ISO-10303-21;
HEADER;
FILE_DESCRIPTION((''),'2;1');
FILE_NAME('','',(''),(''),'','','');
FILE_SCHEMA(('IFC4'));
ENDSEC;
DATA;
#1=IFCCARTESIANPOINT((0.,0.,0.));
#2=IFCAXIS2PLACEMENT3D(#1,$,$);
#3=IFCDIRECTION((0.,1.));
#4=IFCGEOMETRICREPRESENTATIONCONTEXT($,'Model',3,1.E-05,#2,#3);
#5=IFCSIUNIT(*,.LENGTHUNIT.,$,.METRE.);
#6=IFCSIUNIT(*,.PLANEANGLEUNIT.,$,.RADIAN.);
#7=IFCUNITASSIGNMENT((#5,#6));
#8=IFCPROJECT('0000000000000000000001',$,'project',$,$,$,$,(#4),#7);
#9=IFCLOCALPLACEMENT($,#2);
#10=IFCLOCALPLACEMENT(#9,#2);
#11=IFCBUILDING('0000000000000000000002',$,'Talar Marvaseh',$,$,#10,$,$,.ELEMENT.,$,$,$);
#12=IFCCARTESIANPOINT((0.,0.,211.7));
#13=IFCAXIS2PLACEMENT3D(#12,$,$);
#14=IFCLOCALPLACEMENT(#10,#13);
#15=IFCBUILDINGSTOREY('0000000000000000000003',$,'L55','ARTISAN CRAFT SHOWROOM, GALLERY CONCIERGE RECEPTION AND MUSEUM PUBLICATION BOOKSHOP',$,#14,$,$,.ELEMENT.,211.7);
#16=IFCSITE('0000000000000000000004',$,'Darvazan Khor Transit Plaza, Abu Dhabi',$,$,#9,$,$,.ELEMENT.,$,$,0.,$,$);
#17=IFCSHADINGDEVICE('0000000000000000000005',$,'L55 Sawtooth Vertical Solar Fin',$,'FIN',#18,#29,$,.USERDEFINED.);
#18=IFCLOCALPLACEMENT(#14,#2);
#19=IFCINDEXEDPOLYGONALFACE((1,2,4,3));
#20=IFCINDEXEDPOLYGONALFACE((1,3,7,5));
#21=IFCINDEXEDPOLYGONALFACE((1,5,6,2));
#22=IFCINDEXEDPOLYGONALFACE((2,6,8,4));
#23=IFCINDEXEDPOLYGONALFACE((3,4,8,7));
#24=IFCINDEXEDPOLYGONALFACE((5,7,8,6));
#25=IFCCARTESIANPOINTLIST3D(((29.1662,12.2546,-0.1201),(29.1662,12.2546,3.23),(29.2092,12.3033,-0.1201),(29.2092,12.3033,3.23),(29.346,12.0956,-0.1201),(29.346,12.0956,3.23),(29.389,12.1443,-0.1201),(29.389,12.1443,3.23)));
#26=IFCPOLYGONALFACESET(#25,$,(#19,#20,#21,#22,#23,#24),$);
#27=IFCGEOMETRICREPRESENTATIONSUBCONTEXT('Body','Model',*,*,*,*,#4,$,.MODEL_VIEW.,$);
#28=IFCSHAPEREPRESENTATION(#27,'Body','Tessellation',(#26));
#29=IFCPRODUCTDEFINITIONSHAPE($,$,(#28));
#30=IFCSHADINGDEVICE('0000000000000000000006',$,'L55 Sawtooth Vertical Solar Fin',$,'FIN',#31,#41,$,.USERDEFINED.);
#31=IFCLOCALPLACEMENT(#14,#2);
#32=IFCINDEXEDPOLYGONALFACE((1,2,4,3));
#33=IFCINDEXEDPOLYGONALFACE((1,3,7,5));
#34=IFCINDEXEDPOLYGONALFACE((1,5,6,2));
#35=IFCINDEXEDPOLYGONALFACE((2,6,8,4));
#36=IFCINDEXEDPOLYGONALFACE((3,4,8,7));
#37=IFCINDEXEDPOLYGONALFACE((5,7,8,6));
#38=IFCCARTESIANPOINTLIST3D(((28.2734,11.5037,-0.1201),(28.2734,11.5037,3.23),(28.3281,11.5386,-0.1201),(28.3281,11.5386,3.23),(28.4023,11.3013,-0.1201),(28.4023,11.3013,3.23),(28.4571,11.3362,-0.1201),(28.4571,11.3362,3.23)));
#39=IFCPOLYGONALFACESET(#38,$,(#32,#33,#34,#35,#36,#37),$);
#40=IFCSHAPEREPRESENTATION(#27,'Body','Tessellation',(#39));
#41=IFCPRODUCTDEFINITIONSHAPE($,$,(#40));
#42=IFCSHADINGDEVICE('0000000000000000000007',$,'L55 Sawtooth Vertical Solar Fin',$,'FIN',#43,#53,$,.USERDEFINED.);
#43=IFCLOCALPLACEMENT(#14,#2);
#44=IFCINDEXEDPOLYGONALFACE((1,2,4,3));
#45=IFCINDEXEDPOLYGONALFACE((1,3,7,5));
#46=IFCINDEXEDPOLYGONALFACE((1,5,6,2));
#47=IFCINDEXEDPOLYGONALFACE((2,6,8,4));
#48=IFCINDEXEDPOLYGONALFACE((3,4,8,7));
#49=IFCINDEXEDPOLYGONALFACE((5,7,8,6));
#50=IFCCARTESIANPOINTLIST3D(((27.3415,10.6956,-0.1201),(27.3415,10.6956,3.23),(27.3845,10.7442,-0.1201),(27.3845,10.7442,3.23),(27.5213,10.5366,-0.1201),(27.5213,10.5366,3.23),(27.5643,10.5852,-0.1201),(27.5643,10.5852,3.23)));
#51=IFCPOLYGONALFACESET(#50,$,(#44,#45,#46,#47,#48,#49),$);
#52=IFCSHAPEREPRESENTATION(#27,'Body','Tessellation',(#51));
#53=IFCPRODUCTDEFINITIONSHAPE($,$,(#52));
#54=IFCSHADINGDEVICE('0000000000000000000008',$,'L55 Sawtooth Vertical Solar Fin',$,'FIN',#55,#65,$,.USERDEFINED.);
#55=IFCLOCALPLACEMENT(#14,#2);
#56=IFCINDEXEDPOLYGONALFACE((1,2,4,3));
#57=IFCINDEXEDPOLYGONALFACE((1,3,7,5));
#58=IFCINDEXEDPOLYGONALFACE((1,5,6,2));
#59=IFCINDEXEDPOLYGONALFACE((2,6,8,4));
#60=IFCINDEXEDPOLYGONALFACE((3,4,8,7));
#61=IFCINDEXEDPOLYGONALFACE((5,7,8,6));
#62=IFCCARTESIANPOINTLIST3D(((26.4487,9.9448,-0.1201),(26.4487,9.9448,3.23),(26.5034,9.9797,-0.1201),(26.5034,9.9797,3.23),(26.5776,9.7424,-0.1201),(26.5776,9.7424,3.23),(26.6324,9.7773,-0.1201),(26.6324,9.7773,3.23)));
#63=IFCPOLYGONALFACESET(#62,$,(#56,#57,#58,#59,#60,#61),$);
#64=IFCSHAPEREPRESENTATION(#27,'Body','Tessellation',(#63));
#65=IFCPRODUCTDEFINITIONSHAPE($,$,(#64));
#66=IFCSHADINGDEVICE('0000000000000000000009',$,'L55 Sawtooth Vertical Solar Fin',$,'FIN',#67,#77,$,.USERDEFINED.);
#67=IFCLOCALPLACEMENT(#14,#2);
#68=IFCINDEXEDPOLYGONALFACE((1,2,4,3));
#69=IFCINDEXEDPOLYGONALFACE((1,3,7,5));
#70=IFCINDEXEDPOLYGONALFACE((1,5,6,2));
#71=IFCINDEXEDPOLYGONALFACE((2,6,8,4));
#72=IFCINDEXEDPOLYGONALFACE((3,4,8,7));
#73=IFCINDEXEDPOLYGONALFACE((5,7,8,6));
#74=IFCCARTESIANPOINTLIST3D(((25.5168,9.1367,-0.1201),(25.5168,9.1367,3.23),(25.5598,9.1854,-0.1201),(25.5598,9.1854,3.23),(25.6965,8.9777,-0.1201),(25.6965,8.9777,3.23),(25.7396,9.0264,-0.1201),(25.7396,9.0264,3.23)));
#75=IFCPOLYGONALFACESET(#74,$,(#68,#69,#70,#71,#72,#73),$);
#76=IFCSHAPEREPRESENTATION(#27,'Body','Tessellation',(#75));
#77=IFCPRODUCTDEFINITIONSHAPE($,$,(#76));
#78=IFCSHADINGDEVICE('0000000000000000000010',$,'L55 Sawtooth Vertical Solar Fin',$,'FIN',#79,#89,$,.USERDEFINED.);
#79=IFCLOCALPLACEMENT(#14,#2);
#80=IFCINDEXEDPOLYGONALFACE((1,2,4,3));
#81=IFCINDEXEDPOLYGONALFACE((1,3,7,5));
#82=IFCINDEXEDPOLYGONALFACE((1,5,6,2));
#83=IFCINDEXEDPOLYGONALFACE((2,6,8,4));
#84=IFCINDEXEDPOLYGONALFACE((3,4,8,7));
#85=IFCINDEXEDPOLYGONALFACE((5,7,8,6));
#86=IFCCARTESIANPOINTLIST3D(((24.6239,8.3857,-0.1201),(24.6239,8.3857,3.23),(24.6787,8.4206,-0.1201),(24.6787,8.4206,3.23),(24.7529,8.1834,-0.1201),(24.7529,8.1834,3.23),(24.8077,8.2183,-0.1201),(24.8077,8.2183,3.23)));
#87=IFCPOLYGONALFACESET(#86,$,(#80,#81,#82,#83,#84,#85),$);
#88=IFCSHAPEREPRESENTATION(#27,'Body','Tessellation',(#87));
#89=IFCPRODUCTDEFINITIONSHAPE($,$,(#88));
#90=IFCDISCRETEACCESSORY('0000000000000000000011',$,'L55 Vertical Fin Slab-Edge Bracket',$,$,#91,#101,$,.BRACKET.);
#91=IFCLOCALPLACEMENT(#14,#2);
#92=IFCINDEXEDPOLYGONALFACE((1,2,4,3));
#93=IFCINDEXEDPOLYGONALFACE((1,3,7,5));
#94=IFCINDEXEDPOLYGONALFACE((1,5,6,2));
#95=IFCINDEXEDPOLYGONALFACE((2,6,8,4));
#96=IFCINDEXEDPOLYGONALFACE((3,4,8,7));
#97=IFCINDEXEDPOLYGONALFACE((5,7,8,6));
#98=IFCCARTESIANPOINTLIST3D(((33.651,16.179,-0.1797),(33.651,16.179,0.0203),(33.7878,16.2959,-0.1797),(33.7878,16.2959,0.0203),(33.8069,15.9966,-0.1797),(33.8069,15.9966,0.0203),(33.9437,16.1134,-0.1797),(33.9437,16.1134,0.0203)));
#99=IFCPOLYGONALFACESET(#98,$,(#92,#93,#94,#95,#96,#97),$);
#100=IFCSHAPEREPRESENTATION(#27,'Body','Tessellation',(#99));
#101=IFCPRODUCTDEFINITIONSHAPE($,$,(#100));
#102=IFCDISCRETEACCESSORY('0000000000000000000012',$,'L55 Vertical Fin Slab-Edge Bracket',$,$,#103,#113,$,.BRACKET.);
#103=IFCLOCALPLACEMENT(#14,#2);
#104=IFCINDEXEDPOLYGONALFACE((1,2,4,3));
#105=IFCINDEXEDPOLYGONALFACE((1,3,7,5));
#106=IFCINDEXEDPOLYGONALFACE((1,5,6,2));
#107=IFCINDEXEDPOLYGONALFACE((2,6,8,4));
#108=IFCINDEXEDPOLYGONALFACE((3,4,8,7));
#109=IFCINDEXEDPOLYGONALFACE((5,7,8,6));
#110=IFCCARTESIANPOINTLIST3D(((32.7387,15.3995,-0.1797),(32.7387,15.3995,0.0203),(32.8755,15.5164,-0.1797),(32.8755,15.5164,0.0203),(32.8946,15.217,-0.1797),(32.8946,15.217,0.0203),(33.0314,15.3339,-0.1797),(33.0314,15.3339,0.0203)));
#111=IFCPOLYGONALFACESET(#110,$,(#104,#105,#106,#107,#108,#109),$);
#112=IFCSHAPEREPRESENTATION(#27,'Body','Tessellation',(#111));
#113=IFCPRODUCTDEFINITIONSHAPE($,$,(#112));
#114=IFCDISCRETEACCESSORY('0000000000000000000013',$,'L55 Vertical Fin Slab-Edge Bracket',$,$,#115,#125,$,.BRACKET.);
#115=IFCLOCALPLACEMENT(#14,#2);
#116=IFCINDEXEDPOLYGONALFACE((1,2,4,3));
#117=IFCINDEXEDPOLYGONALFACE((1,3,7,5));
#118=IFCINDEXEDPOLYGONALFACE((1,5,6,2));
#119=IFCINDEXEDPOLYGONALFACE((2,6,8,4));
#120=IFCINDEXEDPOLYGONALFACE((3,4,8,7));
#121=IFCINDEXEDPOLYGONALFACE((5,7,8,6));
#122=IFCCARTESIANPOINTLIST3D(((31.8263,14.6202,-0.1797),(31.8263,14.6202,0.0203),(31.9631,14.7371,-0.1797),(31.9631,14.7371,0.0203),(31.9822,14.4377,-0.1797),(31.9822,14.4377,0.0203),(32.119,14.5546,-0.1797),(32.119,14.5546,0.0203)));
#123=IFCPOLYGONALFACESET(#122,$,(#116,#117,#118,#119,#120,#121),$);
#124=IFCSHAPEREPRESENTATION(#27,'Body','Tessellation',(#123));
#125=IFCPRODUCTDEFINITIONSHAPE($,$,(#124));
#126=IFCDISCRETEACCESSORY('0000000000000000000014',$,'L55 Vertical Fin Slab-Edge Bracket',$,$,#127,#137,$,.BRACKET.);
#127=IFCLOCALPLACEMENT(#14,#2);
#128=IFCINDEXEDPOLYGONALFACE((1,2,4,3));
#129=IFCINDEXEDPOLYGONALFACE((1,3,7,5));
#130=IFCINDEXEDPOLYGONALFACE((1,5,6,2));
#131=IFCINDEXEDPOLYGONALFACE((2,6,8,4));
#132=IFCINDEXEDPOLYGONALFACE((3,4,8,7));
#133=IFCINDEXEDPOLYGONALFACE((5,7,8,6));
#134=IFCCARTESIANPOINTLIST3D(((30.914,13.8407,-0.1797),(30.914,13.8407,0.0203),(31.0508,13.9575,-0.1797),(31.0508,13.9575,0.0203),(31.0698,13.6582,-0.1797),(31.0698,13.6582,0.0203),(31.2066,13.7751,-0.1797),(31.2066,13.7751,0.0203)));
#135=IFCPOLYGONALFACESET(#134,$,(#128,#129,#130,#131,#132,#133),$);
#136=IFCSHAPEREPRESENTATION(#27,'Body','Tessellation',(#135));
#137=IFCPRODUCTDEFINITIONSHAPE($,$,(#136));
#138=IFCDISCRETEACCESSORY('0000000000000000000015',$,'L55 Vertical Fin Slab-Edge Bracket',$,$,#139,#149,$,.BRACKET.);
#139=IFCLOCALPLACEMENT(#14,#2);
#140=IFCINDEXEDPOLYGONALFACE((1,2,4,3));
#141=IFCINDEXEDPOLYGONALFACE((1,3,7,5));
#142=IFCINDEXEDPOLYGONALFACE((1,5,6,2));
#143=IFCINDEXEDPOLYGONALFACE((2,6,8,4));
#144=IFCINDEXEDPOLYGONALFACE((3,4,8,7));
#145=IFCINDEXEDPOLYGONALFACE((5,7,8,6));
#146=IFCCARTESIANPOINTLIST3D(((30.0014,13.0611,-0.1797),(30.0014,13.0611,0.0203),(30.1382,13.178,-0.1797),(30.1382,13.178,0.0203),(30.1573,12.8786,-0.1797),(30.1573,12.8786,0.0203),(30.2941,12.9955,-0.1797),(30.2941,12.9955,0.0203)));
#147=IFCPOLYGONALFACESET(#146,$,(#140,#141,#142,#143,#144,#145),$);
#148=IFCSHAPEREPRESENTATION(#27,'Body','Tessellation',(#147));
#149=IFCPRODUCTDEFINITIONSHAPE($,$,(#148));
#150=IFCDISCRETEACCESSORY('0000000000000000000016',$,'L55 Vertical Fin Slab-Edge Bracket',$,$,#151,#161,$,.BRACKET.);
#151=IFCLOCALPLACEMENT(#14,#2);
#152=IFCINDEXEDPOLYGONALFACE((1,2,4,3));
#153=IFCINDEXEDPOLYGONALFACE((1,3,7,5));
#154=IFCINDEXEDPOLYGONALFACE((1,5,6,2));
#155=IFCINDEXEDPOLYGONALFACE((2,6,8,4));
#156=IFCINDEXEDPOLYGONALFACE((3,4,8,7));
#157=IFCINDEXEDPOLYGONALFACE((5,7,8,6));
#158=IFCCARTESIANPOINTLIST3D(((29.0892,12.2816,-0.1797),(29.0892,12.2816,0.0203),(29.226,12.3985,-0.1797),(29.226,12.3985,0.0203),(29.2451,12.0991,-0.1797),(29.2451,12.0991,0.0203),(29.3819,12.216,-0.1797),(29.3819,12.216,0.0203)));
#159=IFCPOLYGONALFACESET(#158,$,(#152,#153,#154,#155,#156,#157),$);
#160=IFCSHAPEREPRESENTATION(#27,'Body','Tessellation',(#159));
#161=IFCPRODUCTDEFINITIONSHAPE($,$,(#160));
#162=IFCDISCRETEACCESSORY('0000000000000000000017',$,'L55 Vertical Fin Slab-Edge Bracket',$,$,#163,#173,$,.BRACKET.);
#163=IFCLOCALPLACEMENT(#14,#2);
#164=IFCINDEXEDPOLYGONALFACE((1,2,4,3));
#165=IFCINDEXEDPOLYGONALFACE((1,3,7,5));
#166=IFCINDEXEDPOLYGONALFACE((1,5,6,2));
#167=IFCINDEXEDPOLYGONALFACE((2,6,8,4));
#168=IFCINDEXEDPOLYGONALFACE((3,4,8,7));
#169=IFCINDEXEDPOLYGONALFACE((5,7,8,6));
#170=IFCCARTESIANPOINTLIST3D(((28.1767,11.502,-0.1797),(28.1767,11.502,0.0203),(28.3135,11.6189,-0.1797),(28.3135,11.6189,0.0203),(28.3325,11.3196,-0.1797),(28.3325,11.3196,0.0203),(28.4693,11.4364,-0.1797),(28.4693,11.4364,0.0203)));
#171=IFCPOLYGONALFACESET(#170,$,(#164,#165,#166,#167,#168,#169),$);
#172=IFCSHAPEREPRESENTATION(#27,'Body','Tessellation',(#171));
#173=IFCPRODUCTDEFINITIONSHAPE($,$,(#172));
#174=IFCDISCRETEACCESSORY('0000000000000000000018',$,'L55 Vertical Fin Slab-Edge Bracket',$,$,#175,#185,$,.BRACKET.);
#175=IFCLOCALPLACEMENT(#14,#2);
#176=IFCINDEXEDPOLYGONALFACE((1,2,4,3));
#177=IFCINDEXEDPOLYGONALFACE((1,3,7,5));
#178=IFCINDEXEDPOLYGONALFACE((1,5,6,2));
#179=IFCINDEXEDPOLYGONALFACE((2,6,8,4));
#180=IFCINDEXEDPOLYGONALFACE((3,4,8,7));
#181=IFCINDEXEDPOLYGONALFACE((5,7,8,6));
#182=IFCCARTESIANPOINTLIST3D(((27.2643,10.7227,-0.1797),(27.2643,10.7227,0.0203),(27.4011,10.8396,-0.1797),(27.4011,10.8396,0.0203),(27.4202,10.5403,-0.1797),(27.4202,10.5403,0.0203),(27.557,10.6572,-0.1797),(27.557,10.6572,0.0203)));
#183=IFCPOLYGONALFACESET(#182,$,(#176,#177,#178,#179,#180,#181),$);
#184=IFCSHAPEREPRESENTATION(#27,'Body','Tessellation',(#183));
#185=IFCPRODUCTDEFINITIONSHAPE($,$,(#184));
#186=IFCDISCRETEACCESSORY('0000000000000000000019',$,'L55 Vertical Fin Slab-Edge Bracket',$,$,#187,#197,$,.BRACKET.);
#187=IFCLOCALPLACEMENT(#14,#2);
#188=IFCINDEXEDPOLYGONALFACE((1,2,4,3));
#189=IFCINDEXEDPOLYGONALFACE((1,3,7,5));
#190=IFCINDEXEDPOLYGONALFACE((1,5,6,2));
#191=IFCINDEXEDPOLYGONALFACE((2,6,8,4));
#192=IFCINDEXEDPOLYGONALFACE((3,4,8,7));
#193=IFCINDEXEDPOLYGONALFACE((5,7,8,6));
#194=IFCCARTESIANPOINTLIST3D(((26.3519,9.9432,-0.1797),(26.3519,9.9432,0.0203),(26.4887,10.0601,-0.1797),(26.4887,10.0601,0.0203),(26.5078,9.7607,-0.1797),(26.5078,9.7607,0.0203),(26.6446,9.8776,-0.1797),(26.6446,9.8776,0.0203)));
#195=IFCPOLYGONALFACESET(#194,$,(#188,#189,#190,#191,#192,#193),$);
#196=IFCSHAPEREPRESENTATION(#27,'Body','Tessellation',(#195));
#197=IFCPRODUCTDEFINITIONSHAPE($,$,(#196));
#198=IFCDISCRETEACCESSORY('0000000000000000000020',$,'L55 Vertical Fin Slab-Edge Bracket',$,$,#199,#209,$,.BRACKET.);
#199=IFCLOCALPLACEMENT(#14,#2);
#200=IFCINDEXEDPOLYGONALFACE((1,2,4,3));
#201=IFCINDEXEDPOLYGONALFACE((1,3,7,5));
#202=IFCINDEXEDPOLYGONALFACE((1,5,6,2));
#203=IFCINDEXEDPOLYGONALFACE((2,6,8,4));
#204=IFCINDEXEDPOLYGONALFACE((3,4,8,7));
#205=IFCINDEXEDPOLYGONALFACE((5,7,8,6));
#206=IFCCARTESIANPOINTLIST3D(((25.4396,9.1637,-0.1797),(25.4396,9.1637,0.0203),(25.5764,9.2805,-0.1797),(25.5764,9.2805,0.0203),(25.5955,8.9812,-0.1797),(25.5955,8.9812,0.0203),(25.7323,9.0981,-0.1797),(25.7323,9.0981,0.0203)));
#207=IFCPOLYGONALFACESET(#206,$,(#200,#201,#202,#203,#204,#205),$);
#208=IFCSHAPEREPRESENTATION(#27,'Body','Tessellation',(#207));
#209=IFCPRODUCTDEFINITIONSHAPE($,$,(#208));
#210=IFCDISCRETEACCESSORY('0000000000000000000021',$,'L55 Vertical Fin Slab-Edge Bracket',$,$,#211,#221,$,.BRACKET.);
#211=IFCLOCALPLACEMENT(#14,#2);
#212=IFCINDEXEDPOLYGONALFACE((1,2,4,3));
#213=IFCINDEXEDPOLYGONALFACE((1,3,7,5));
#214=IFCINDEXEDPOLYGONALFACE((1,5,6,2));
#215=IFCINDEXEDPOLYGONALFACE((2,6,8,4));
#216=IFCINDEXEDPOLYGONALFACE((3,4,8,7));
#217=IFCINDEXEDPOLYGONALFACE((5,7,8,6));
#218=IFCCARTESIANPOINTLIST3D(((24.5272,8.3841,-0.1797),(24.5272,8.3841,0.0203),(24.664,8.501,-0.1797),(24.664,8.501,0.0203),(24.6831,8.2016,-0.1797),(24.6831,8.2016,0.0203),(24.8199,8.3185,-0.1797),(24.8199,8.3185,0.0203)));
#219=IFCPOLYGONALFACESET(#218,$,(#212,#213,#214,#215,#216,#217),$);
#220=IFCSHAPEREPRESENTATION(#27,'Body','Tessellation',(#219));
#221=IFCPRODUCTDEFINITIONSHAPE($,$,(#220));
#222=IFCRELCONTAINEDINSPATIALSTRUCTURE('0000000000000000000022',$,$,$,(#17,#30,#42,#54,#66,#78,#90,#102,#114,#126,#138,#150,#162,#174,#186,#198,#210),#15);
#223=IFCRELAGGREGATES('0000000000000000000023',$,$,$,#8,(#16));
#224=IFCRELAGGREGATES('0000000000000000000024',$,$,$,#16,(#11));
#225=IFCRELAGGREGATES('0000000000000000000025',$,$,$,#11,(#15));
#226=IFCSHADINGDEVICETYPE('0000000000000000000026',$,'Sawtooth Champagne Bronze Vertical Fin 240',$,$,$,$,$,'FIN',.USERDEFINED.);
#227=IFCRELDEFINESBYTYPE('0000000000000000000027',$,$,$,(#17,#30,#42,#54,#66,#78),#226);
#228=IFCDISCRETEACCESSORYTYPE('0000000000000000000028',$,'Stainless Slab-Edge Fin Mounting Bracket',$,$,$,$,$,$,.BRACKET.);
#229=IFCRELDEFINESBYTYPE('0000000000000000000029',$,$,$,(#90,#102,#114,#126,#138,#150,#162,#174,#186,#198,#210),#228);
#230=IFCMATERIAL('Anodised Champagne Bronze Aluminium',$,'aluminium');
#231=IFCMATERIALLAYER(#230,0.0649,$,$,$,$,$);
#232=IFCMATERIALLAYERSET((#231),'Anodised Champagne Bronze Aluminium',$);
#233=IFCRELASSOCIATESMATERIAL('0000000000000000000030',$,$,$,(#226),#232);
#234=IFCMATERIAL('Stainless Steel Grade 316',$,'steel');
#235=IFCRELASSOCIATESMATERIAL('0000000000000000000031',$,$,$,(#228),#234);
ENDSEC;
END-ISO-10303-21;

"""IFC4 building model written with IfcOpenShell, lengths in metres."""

from ifc_helpers import new_model, si_unit, direction, frame, origin, origin_2d, place, context, subcontext, project, spatial, rectangle, extrude, source, transform, mapped, material, layer, layer_set, type_object, type_shapes, element, save


model = new_model("IFC4")

# Units and contexts
model_context = context("Model", 3, precision=1e-05, world=origin(), true_north=direction((0.0, 1.0)))
body_context = subcontext(model_context, "Body", "Model", "MODEL_VIEW")
ifc_project = project(units=[si_unit("LENGTHUNIT", "METRE"), si_unit("PLANEANGLEUNIT", "RADIAN")], contexts=[model_context])

# Site, building, storey
site_placement = place(None, origin())
site = spatial("IfcSite", under=ifc_project, at=site_placement, Name="Darvazan Khor Transit Plaza, Abu Dhabi", CompositionType="ELEMENT", RefElevation=0.0)
building_placement = place(site_placement, origin())
building = spatial("IfcBuilding", under=site, at=building_placement, Name="Talar Marvaseh", CompositionType="ELEMENT")
storey_placement = place(building_placement, frame((0.0, 0.0, 211.7)))
storey = spatial("IfcBuildingStorey", under=building, at=storey_placement, Name="L55", Description="ARTISAN CRAFT SHOWROOM, GALLERY CONCIERGE RECEPTION AND MUSEUM PUBLICATION BOOKSHOP", CompositionType="ELEMENT", Elevation=211.7)

# Shading devices
ifc_material_1 = material(Name="Anodised Champagne Bronze Aluminium", Category="aluminium")
ifc_layer_1 = layer(ifc_material_1, 0.0649)
ifc_layer_set_1 = layer_set([ifc_layer_1], Name="Anodised Champagne Bronze Aluminium")
shading_device_type = type_object("IfcShadingDeviceType", Name="Sawtooth Champagne Bronze Vertical Fin 240", ElementType="FIN", PredefinedType="USERDEFINED", material=ifc_layer_set_1)
shared_shape_1 = source(origin(), body_context, "Body", "SweptSolid", [
    extrude(rectangle(XDim=0.24, YDim=0.0649, at=origin_2d()), origin(), (0.0, 0.0, 1.0), 3.3501),
])
type_shapes(shading_device_type, [shared_shape_1])
for number, where, z_axis, x_axis, name in (
    (1, (29.2776, 12.1995, -0.1201), (0.0, 0.0, 1.0), (0.749071, -0.662489, 0.0), "L55 Sawtooth Vertical Solar Fin"),
    (2, (28.3652, 11.4199, -0.1201), (0.0, 0.0, 1.0), (0.537447, -0.843298, 0.0), "L55 Sawtooth Vertical Solar Fin"),
    (3, (27.4529, 10.6404, -0.1201), (0.0, 0.0, 1.0), (0.749071, -0.662489, 0.0), "L55 Sawtooth Vertical Solar Fin"),
    (4, (26.5405, 9.8611, -0.1201), (0.0, 0.0, 1.0), (0.537447, -0.843298, 0.0), "L55 Sawtooth Vertical Solar Fin"),
    (5, (25.6282, 9.0815, -0.1201), (0.0, 0.0, 1.0), (0.749071, -0.662489, 0.0), "L55 Sawtooth Vertical Solar Fin"),
    (6, (24.7158, 8.302, -0.1201), (0.0, 0.0, 1.0), (0.537447, -0.843298, 0.0), "L55 Sawtooth Vertical Solar Fin"),
):
    element("IfcShadingDevice", number, at=place(storey_placement, frame(where, z_axis=z_axis, x_axis=x_axis)), inside=storey, type_object=shading_device_type, Name=name, ObjectType="FIN", PredefinedType="USERDEFINED", context=body_context, shape_type="MappedRepresentation", body=[
        mapped(shared_shape_1, transform((0.0, 0.0, 0.0), x_axis=(1.0, 0.0, 0.0), y_axis=(0.0, 1.0, 0.0), z_axis=(0.0, 0.0, 1.0), scale=1.0)),
    ])

# Discrete accessories
ifc_material_2 = material(Name="Stainless Steel Grade 316", Category="steel")
discrete_accessory_type = type_object("IfcDiscreteAccessoryType", Name="Stainless Slab-Edge Fin Mounting Bracket", PredefinedType="BRACKET", material=ifc_material_2)
shared_shape_2 = source(origin(), body_context, "Body", "SweptSolid", [
    extrude(rectangle(XDim=0.24, YDim=0.1799, at=origin_2d()), origin(), (0.0, 0.0, 1.0), 0.2),
])
type_shapes(discrete_accessory_type, [shared_shape_2])
for number, where, z_axis, x_axis, name in (
    (7, (33.7974, 16.1462, -0.1797), (0.0, 0.0, 1.0), (0.649581, -0.760293, 0.0), "L55 Vertical Fin Slab-Edge Bracket"),
    (8, (32.885, 15.3667, -0.1797), (0.0, 0.0, 1.0), (0.649581, -0.760293, 0.0), "L55 Vertical Fin Slab-Edge Bracket"),
    (9, (31.9727, 14.5874, -0.1797), (0.0, 0.0, 1.0), (0.649581, -0.760293, 0.0), "L55 Vertical Fin Slab-Edge Bracket"),
    (10, (31.0603, 13.8079, -0.1797), (0.0, 0.0, 1.0), (0.649581, -0.760293, 0.0), "L55 Vertical Fin Slab-Edge Bracket"),
    (11, (30.1477, 13.0283, -0.1797), (0.0, 0.0, 1.0), (0.649581, -0.760293, 0.0), "L55 Vertical Fin Slab-Edge Bracket"),
    (12, (29.2356, 12.2488, -0.1797), (0.0, 0.0, 1.0), (0.649581, -0.760293, 0.0), "L55 Vertical Fin Slab-Edge Bracket"),
    (13, (28.323, 11.4692, -0.1797), (0.0, 0.0, 1.0), (0.649581, -0.760293, 0.0), "L55 Vertical Fin Slab-Edge Bracket"),
    (14, (27.4106, 10.6899, -0.1797), (0.0, 0.0, 1.0), (0.649581, -0.760293, 0.0), "L55 Vertical Fin Slab-Edge Bracket"),
    (15, (26.4983, 9.9104, -0.1797), (0.0, 0.0, 1.0), (0.649581, -0.760293, 0.0), "L55 Vertical Fin Slab-Edge Bracket"),
    (16, (25.5859, 9.1309, -0.1797), (0.0, 0.0, 1.0), (0.649581, -0.760293, 0.0), "L55 Vertical Fin Slab-Edge Bracket"),
    (17, (24.6736, 8.3513, -0.1797), (0.0, 0.0, 1.0), (0.649581, -0.760293, 0.0), "L55 Vertical Fin Slab-Edge Bracket"),
):
    element("IfcDiscreteAccessory", number, at=place(storey_placement, frame(where, z_axis=z_axis, x_axis=x_axis)), inside=storey, type_object=discrete_accessory_type, Name=name, PredefinedType="BRACKET", context=body_context, shape_type="MappedRepresentation", body=[
        mapped(shared_shape_2, transform((0.0, 0.0, 0.0), x_axis=(1.0, 0.0, 0.0), y_axis=(0.0, 1.0, 0.0), z_axis=(0.0, 0.0, 1.0), scale=1.0)),
    ])

save(model, "model.ifc")
